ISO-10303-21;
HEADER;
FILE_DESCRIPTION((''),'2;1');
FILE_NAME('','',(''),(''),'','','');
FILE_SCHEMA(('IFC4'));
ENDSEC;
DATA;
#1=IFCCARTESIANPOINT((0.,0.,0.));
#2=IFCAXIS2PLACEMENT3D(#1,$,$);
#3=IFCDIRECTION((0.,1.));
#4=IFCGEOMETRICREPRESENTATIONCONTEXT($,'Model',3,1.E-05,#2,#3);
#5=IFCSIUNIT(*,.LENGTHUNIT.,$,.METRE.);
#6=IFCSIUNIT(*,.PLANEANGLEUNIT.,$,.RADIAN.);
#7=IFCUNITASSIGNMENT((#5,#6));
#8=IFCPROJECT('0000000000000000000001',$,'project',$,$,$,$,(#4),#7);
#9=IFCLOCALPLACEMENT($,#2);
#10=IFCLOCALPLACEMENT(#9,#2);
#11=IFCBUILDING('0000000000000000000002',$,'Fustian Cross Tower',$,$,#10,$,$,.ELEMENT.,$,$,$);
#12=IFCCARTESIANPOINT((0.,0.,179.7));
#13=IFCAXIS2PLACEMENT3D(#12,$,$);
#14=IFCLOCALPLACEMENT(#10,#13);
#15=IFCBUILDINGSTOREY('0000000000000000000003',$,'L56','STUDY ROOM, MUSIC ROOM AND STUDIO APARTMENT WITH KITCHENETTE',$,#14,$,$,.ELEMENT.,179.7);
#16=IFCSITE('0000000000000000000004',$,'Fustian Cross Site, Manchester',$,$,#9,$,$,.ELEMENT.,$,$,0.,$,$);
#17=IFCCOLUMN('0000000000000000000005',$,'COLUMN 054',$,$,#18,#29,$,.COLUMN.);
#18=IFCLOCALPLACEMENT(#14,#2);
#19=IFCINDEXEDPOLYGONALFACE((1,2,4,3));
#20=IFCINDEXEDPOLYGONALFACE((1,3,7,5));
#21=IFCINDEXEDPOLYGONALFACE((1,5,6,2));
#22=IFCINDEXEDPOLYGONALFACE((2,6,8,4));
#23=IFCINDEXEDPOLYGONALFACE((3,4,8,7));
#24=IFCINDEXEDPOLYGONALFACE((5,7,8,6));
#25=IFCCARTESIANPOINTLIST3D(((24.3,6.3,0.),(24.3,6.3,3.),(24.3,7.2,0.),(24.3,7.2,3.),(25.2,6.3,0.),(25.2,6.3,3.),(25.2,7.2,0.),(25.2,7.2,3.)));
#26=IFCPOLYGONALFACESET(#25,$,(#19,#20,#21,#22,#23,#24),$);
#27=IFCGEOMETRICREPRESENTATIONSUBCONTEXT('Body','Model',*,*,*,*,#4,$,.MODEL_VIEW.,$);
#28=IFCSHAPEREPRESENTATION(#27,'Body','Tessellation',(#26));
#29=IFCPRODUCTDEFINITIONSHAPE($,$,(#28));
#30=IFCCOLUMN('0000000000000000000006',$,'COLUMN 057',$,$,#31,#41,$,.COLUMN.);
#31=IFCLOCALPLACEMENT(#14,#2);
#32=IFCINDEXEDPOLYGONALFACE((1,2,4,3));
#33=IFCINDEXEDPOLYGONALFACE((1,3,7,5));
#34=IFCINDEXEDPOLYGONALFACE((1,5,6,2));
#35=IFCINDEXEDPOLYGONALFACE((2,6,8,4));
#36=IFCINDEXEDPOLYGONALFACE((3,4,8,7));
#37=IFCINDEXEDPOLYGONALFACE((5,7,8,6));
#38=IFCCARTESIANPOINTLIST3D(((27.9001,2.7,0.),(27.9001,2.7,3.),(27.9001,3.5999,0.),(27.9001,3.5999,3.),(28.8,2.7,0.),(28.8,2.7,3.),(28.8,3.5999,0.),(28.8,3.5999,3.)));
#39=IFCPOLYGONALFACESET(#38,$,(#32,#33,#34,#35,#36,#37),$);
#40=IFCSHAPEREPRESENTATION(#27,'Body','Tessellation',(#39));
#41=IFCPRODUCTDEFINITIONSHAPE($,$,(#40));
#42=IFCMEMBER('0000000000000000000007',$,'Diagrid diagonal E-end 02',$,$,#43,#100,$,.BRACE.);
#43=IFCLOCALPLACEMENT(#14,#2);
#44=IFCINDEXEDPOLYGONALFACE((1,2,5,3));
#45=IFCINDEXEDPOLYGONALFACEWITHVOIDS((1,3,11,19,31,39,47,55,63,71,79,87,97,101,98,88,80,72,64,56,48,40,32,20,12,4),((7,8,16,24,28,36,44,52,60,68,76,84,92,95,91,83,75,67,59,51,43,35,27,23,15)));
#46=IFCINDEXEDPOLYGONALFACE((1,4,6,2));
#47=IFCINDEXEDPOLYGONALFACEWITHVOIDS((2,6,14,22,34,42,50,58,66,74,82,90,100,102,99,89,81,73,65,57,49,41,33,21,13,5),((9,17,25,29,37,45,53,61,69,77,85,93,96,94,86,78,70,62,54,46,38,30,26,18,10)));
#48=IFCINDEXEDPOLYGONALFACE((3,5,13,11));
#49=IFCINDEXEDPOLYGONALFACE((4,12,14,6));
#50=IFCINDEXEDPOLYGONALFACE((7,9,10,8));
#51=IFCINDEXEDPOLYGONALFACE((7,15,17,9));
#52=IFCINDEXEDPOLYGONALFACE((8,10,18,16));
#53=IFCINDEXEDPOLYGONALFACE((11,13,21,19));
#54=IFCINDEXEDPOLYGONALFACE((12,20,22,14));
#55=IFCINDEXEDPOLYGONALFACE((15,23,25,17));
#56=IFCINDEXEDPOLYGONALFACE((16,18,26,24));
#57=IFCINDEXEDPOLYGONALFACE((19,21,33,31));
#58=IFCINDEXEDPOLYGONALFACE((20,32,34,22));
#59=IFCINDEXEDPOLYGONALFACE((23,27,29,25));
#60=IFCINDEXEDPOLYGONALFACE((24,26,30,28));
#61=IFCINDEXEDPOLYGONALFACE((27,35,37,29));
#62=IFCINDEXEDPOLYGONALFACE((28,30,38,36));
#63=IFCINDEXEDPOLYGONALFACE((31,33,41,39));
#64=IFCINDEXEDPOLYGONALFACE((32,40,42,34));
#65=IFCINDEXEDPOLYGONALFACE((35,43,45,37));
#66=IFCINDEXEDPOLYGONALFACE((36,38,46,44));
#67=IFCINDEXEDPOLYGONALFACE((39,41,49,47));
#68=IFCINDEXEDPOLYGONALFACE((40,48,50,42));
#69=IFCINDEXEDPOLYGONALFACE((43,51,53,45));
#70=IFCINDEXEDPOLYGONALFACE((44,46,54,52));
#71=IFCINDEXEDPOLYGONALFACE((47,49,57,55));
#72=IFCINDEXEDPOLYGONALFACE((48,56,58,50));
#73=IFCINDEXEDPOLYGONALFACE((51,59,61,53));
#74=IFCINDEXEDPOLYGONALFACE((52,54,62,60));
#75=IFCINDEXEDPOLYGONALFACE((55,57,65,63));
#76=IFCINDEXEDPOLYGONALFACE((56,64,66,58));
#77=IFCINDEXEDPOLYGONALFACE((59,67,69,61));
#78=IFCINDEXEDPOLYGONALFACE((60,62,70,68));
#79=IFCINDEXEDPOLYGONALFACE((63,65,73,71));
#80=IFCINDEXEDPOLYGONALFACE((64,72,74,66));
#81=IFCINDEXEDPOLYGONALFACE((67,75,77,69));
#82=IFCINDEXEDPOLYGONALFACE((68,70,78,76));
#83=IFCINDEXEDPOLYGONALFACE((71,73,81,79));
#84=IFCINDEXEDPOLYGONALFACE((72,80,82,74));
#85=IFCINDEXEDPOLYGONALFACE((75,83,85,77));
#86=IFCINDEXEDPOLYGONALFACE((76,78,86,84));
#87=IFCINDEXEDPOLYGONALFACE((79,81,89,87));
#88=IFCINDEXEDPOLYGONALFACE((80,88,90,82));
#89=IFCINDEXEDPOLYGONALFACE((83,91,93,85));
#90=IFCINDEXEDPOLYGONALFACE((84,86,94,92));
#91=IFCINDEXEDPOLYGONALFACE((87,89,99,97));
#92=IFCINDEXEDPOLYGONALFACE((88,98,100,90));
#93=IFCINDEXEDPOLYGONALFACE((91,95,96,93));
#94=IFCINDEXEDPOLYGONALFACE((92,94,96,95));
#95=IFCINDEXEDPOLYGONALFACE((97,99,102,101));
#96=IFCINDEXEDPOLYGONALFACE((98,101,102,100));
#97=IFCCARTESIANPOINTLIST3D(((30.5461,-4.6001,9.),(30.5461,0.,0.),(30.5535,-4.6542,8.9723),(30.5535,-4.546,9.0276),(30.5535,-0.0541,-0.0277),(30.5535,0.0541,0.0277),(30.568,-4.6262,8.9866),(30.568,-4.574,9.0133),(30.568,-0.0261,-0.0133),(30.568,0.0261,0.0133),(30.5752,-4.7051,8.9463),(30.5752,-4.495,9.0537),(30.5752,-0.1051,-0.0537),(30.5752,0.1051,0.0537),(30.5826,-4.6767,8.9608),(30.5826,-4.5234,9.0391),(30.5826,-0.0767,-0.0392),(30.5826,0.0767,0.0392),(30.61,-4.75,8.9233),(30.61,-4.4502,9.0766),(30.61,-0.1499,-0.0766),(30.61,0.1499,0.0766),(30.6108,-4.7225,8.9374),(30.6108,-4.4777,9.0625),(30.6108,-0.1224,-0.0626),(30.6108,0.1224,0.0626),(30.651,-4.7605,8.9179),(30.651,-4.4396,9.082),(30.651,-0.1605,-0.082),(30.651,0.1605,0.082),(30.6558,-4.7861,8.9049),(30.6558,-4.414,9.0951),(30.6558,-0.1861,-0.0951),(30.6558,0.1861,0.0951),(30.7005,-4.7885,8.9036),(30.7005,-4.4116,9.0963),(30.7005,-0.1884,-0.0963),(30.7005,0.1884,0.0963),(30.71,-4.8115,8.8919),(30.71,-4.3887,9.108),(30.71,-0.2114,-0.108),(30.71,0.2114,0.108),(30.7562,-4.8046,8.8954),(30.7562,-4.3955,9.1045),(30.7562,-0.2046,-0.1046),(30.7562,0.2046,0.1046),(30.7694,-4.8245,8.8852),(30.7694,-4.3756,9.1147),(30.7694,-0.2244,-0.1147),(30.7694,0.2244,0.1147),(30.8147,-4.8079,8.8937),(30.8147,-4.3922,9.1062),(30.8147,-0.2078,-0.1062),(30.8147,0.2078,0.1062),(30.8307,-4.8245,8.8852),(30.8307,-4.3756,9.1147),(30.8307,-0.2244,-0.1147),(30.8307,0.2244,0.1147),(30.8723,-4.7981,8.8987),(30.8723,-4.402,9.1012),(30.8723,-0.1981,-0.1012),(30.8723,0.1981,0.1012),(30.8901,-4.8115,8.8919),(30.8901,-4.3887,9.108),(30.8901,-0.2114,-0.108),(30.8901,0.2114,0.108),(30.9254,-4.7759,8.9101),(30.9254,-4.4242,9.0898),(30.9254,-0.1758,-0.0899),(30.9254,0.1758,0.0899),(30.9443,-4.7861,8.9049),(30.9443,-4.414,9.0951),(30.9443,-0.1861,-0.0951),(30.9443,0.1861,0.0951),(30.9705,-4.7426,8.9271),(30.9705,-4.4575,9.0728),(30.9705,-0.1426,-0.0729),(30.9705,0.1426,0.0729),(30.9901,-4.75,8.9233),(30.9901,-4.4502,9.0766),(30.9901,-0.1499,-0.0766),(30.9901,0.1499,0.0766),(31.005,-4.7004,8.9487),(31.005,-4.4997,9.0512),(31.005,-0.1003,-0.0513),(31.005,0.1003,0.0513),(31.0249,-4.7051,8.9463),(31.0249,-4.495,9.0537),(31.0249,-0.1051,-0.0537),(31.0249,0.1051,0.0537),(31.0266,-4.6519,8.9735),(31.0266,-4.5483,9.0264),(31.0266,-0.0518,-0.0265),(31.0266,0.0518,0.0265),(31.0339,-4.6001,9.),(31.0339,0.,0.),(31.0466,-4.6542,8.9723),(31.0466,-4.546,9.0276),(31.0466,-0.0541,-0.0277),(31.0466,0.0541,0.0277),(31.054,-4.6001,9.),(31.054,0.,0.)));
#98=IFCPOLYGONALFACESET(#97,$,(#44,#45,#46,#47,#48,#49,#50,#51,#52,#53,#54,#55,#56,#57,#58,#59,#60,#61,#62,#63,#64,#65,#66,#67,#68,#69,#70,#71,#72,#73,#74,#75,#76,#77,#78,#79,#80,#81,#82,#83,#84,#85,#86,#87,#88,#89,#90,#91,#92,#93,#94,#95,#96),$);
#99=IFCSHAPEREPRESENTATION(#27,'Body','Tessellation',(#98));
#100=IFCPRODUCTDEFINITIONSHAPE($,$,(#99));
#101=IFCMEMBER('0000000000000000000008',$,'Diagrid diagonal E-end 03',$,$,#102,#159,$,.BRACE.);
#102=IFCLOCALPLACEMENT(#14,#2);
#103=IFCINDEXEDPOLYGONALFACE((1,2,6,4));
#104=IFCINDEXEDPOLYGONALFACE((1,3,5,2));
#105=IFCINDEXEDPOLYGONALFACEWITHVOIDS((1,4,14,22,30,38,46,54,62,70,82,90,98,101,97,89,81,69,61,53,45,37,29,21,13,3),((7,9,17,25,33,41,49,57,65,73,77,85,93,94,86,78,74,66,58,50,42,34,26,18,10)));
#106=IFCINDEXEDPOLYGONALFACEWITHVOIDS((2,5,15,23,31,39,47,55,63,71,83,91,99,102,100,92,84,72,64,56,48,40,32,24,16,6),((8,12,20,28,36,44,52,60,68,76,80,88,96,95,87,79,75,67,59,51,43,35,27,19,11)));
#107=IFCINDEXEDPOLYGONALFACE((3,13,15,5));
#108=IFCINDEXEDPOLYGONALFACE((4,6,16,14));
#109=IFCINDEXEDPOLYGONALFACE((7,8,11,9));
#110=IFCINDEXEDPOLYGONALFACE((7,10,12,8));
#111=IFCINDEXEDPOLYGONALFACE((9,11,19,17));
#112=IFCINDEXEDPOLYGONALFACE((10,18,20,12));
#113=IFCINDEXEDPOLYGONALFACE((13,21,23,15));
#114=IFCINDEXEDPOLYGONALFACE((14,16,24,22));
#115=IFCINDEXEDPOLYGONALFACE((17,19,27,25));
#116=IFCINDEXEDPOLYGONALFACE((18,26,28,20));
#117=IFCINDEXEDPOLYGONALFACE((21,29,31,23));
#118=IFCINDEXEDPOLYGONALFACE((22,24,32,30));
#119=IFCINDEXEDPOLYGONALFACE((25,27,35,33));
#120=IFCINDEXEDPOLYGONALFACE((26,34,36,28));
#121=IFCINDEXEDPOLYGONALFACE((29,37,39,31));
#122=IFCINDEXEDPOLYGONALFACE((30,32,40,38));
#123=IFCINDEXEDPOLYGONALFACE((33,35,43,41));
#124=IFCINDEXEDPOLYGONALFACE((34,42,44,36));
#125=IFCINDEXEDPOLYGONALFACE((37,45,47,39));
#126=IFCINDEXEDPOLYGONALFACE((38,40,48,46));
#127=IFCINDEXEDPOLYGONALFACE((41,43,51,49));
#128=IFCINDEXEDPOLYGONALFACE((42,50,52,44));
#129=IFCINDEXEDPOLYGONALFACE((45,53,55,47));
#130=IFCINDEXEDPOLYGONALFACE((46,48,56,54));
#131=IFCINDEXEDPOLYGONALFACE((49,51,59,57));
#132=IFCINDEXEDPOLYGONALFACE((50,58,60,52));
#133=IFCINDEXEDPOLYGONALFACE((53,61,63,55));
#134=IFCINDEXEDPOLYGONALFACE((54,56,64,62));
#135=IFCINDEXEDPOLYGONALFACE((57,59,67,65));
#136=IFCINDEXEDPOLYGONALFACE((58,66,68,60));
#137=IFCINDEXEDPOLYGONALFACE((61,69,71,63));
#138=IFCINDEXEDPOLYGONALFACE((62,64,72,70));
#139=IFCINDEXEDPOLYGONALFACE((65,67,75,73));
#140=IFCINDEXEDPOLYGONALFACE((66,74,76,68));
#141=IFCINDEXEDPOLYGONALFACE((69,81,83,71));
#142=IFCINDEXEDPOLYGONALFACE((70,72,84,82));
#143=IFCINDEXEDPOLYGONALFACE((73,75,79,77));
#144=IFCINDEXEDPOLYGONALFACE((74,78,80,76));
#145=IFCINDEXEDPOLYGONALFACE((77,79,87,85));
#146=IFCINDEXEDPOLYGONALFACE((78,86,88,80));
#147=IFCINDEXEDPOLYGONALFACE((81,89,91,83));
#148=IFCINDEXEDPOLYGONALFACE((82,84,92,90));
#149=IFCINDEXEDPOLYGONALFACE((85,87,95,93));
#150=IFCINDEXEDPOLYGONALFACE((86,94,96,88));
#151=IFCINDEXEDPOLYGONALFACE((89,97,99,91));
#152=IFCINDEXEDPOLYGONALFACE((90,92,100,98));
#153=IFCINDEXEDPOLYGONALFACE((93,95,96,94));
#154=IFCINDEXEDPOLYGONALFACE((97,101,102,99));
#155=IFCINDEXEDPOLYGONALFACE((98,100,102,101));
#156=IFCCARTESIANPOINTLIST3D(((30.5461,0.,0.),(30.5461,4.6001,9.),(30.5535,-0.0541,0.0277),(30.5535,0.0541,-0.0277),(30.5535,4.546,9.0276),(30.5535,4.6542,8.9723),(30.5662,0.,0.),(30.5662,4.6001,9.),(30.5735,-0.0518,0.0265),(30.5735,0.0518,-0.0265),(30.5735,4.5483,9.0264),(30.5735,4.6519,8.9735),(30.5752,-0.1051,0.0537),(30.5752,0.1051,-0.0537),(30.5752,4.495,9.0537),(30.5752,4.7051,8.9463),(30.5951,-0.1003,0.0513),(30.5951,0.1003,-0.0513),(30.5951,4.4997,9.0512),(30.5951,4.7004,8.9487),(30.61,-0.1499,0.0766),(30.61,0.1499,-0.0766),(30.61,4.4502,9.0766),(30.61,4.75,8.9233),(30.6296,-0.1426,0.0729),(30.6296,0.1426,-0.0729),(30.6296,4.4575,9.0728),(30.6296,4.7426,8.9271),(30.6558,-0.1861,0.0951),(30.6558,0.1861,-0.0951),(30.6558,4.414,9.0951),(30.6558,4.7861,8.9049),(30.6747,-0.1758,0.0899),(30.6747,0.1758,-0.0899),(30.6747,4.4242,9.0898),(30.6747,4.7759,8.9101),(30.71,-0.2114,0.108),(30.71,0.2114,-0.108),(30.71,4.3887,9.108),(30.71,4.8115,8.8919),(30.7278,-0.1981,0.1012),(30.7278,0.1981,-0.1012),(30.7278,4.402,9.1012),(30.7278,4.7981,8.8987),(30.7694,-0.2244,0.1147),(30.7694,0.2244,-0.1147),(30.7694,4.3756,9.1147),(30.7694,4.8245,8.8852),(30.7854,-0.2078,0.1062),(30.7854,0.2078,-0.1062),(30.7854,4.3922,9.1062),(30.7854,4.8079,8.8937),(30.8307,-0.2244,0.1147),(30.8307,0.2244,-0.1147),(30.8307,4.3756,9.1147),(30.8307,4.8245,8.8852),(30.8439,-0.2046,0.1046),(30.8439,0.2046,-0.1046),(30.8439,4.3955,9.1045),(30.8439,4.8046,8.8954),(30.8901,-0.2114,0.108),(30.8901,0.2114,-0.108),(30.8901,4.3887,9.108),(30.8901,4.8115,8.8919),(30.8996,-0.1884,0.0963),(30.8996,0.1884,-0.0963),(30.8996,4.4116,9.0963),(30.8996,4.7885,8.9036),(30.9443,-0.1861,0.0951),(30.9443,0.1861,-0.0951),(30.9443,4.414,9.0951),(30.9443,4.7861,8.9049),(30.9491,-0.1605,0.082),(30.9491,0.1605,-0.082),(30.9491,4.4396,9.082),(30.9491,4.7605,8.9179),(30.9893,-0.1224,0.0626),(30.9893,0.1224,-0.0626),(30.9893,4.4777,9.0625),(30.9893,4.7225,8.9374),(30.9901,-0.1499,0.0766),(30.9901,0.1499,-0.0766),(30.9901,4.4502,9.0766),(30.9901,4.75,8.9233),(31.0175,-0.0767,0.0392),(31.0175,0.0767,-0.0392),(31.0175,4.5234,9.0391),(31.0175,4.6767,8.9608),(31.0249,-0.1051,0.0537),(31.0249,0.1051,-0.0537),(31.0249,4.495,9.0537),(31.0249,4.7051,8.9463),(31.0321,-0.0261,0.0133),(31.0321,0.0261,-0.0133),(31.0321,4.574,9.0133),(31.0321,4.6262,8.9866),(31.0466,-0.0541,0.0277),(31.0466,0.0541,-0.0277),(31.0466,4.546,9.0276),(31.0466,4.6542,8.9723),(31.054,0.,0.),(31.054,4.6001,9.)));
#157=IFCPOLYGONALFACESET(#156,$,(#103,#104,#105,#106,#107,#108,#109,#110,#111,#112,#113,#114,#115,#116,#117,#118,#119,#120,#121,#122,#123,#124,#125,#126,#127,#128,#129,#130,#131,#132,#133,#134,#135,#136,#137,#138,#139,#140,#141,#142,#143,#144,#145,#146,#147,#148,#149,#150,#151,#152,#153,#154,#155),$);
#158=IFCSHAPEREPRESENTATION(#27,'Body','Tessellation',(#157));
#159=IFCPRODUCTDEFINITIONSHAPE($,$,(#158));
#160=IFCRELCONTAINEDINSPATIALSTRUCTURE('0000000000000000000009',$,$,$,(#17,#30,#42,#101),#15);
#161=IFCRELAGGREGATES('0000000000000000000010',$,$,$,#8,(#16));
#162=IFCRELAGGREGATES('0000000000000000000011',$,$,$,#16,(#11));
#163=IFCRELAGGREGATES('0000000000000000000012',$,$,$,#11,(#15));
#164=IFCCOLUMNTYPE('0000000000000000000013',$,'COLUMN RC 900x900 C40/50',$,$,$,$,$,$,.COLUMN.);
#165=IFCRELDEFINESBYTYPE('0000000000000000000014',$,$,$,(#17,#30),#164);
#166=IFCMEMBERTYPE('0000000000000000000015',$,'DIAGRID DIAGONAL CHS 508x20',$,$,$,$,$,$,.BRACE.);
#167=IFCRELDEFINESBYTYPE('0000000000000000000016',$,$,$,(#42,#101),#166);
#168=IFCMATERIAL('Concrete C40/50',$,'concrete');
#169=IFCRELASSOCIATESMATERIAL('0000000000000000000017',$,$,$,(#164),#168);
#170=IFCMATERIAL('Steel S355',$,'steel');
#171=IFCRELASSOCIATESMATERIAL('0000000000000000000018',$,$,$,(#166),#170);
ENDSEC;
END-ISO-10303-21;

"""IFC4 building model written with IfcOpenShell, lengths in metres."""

from ifc_helpers import new_model, si_unit, direction, frame, origin, origin_2d, place, context, subcontext, project, spatial, rectangle, hollow_circle, extrude, material, material_profile, profile_set, type_object, element, save


model = new_model("IFC4")

# Units and contexts
model_context = context("Model", 3, precision=1e-05, world=origin(), true_north=direction((0.0, 1.0)))
body_context = subcontext(model_context, "Body", "Model", "MODEL_VIEW")
ifc_project = project(units=[si_unit("LENGTHUNIT", "METRE"), si_unit("PLANEANGLEUNIT", "RADIAN")], contexts=[model_context])

# Site, building, storey
site_placement = place(None, origin())
site = spatial("IfcSite", under=ifc_project, at=site_placement, Name="Fustian Cross Site, Manchester", CompositionType="ELEMENT", RefElevation=0.0)
building_placement = place(site_placement, origin())
building = spatial("IfcBuilding", under=site, at=building_placement, Name="Fustian Cross Tower", CompositionType="ELEMENT")
storey_placement = place(building_placement, frame((0.0, 0.0, 179.7)))
storey = spatial("IfcBuildingStorey", under=building, at=storey_placement, Name="L56", Description="STUDY ROOM, MUSIC ROOM AND STUDIO APARTMENT WITH KITCHENETTE", CompositionType="ELEMENT", Elevation=179.7)

# Columns
ifc_material_1 = material(Name="Concrete C40/50", Category="concrete")
ifc_material_profile_1 = material_profile(ifc_material_1, rectangle(XDim=0.8999, YDim=0.8999, at=origin_2d()), Name="RC 900x900")
ifc_profile_set_1 = profile_set([ifc_material_profile_1], Name="Concrete C40/50")
column_type = type_object("IfcColumnType", Name="COLUMN RC 900x900 C40/50", PredefinedType="COLUMN", material=ifc_profile_set_1)
for number, where, z_axis, x_axis, name in (
    (1, (24.75, 6.75, 0.0), (0.0, 0.0, 1.0), (1.0, 0.0, 0.0), "COLUMN 054"),
    (2, (28.3501, 3.1499, 0.0), (0.0, 0.0, 1.0), (1.0, 0.0, 0.0), "COLUMN 057"),
):
    element("IfcColumn", number, at=place(storey_placement, frame(where, z_axis=z_axis, x_axis=x_axis)), inside=storey, type_object=column_type, Name=name, PredefinedType="COLUMN", context=body_context, shape_type="SweptSolid", body=[
        extrude(rectangle(XDim=0.8999, YDim=0.8999, at=origin_2d()), origin(), (0.0, 0.0, 1.0), 3.0),
    ])

# Members
ifc_material_2 = material(Name="Steel S355", Category="steel")
ifc_material_profile_2 = material_profile(ifc_material_2, hollow_circle(Radius=0.2539, WallThickness=0.02, at=origin_2d()), Name="CHS 508x20")
ifc_profile_set_2 = profile_set([ifc_material_profile_2], Name="Steel S355")
member_type_1 = type_object("IfcMemberType", Name="DIAGRID DIAGONAL CHS 508x20", PredefinedType="BRACE", material=ifc_profile_set_2)
for number, where, z_axis, x_axis, name in (
    (3, (30.8, 0.0, 0.0), (0.0, -0.455119, 0.890431), (1.0, 0.0, 0.0), "Diagrid diagonal E-end 02"),
    (4, (30.8, 0.0, 0.0), (0.0, 0.455119, 0.890431), (-1.0, 0.0, 0.0), "Diagrid diagonal E-end 03"),
):
    element("IfcMember", number, at=place(storey_placement, frame(where, z_axis=z_axis, x_axis=x_axis)), inside=storey, type_object=member_type_1, Name=name, PredefinedType="BRACE", context=body_context, shape_type="SweptSolid", body=[
        extrude(hollow_circle(Radius=0.2539, WallThickness=0.02, at=origin_2d()), origin(), (0.0, 0.0, 1.0), 10.1074),
    ])

save(model, "model.ifc")
